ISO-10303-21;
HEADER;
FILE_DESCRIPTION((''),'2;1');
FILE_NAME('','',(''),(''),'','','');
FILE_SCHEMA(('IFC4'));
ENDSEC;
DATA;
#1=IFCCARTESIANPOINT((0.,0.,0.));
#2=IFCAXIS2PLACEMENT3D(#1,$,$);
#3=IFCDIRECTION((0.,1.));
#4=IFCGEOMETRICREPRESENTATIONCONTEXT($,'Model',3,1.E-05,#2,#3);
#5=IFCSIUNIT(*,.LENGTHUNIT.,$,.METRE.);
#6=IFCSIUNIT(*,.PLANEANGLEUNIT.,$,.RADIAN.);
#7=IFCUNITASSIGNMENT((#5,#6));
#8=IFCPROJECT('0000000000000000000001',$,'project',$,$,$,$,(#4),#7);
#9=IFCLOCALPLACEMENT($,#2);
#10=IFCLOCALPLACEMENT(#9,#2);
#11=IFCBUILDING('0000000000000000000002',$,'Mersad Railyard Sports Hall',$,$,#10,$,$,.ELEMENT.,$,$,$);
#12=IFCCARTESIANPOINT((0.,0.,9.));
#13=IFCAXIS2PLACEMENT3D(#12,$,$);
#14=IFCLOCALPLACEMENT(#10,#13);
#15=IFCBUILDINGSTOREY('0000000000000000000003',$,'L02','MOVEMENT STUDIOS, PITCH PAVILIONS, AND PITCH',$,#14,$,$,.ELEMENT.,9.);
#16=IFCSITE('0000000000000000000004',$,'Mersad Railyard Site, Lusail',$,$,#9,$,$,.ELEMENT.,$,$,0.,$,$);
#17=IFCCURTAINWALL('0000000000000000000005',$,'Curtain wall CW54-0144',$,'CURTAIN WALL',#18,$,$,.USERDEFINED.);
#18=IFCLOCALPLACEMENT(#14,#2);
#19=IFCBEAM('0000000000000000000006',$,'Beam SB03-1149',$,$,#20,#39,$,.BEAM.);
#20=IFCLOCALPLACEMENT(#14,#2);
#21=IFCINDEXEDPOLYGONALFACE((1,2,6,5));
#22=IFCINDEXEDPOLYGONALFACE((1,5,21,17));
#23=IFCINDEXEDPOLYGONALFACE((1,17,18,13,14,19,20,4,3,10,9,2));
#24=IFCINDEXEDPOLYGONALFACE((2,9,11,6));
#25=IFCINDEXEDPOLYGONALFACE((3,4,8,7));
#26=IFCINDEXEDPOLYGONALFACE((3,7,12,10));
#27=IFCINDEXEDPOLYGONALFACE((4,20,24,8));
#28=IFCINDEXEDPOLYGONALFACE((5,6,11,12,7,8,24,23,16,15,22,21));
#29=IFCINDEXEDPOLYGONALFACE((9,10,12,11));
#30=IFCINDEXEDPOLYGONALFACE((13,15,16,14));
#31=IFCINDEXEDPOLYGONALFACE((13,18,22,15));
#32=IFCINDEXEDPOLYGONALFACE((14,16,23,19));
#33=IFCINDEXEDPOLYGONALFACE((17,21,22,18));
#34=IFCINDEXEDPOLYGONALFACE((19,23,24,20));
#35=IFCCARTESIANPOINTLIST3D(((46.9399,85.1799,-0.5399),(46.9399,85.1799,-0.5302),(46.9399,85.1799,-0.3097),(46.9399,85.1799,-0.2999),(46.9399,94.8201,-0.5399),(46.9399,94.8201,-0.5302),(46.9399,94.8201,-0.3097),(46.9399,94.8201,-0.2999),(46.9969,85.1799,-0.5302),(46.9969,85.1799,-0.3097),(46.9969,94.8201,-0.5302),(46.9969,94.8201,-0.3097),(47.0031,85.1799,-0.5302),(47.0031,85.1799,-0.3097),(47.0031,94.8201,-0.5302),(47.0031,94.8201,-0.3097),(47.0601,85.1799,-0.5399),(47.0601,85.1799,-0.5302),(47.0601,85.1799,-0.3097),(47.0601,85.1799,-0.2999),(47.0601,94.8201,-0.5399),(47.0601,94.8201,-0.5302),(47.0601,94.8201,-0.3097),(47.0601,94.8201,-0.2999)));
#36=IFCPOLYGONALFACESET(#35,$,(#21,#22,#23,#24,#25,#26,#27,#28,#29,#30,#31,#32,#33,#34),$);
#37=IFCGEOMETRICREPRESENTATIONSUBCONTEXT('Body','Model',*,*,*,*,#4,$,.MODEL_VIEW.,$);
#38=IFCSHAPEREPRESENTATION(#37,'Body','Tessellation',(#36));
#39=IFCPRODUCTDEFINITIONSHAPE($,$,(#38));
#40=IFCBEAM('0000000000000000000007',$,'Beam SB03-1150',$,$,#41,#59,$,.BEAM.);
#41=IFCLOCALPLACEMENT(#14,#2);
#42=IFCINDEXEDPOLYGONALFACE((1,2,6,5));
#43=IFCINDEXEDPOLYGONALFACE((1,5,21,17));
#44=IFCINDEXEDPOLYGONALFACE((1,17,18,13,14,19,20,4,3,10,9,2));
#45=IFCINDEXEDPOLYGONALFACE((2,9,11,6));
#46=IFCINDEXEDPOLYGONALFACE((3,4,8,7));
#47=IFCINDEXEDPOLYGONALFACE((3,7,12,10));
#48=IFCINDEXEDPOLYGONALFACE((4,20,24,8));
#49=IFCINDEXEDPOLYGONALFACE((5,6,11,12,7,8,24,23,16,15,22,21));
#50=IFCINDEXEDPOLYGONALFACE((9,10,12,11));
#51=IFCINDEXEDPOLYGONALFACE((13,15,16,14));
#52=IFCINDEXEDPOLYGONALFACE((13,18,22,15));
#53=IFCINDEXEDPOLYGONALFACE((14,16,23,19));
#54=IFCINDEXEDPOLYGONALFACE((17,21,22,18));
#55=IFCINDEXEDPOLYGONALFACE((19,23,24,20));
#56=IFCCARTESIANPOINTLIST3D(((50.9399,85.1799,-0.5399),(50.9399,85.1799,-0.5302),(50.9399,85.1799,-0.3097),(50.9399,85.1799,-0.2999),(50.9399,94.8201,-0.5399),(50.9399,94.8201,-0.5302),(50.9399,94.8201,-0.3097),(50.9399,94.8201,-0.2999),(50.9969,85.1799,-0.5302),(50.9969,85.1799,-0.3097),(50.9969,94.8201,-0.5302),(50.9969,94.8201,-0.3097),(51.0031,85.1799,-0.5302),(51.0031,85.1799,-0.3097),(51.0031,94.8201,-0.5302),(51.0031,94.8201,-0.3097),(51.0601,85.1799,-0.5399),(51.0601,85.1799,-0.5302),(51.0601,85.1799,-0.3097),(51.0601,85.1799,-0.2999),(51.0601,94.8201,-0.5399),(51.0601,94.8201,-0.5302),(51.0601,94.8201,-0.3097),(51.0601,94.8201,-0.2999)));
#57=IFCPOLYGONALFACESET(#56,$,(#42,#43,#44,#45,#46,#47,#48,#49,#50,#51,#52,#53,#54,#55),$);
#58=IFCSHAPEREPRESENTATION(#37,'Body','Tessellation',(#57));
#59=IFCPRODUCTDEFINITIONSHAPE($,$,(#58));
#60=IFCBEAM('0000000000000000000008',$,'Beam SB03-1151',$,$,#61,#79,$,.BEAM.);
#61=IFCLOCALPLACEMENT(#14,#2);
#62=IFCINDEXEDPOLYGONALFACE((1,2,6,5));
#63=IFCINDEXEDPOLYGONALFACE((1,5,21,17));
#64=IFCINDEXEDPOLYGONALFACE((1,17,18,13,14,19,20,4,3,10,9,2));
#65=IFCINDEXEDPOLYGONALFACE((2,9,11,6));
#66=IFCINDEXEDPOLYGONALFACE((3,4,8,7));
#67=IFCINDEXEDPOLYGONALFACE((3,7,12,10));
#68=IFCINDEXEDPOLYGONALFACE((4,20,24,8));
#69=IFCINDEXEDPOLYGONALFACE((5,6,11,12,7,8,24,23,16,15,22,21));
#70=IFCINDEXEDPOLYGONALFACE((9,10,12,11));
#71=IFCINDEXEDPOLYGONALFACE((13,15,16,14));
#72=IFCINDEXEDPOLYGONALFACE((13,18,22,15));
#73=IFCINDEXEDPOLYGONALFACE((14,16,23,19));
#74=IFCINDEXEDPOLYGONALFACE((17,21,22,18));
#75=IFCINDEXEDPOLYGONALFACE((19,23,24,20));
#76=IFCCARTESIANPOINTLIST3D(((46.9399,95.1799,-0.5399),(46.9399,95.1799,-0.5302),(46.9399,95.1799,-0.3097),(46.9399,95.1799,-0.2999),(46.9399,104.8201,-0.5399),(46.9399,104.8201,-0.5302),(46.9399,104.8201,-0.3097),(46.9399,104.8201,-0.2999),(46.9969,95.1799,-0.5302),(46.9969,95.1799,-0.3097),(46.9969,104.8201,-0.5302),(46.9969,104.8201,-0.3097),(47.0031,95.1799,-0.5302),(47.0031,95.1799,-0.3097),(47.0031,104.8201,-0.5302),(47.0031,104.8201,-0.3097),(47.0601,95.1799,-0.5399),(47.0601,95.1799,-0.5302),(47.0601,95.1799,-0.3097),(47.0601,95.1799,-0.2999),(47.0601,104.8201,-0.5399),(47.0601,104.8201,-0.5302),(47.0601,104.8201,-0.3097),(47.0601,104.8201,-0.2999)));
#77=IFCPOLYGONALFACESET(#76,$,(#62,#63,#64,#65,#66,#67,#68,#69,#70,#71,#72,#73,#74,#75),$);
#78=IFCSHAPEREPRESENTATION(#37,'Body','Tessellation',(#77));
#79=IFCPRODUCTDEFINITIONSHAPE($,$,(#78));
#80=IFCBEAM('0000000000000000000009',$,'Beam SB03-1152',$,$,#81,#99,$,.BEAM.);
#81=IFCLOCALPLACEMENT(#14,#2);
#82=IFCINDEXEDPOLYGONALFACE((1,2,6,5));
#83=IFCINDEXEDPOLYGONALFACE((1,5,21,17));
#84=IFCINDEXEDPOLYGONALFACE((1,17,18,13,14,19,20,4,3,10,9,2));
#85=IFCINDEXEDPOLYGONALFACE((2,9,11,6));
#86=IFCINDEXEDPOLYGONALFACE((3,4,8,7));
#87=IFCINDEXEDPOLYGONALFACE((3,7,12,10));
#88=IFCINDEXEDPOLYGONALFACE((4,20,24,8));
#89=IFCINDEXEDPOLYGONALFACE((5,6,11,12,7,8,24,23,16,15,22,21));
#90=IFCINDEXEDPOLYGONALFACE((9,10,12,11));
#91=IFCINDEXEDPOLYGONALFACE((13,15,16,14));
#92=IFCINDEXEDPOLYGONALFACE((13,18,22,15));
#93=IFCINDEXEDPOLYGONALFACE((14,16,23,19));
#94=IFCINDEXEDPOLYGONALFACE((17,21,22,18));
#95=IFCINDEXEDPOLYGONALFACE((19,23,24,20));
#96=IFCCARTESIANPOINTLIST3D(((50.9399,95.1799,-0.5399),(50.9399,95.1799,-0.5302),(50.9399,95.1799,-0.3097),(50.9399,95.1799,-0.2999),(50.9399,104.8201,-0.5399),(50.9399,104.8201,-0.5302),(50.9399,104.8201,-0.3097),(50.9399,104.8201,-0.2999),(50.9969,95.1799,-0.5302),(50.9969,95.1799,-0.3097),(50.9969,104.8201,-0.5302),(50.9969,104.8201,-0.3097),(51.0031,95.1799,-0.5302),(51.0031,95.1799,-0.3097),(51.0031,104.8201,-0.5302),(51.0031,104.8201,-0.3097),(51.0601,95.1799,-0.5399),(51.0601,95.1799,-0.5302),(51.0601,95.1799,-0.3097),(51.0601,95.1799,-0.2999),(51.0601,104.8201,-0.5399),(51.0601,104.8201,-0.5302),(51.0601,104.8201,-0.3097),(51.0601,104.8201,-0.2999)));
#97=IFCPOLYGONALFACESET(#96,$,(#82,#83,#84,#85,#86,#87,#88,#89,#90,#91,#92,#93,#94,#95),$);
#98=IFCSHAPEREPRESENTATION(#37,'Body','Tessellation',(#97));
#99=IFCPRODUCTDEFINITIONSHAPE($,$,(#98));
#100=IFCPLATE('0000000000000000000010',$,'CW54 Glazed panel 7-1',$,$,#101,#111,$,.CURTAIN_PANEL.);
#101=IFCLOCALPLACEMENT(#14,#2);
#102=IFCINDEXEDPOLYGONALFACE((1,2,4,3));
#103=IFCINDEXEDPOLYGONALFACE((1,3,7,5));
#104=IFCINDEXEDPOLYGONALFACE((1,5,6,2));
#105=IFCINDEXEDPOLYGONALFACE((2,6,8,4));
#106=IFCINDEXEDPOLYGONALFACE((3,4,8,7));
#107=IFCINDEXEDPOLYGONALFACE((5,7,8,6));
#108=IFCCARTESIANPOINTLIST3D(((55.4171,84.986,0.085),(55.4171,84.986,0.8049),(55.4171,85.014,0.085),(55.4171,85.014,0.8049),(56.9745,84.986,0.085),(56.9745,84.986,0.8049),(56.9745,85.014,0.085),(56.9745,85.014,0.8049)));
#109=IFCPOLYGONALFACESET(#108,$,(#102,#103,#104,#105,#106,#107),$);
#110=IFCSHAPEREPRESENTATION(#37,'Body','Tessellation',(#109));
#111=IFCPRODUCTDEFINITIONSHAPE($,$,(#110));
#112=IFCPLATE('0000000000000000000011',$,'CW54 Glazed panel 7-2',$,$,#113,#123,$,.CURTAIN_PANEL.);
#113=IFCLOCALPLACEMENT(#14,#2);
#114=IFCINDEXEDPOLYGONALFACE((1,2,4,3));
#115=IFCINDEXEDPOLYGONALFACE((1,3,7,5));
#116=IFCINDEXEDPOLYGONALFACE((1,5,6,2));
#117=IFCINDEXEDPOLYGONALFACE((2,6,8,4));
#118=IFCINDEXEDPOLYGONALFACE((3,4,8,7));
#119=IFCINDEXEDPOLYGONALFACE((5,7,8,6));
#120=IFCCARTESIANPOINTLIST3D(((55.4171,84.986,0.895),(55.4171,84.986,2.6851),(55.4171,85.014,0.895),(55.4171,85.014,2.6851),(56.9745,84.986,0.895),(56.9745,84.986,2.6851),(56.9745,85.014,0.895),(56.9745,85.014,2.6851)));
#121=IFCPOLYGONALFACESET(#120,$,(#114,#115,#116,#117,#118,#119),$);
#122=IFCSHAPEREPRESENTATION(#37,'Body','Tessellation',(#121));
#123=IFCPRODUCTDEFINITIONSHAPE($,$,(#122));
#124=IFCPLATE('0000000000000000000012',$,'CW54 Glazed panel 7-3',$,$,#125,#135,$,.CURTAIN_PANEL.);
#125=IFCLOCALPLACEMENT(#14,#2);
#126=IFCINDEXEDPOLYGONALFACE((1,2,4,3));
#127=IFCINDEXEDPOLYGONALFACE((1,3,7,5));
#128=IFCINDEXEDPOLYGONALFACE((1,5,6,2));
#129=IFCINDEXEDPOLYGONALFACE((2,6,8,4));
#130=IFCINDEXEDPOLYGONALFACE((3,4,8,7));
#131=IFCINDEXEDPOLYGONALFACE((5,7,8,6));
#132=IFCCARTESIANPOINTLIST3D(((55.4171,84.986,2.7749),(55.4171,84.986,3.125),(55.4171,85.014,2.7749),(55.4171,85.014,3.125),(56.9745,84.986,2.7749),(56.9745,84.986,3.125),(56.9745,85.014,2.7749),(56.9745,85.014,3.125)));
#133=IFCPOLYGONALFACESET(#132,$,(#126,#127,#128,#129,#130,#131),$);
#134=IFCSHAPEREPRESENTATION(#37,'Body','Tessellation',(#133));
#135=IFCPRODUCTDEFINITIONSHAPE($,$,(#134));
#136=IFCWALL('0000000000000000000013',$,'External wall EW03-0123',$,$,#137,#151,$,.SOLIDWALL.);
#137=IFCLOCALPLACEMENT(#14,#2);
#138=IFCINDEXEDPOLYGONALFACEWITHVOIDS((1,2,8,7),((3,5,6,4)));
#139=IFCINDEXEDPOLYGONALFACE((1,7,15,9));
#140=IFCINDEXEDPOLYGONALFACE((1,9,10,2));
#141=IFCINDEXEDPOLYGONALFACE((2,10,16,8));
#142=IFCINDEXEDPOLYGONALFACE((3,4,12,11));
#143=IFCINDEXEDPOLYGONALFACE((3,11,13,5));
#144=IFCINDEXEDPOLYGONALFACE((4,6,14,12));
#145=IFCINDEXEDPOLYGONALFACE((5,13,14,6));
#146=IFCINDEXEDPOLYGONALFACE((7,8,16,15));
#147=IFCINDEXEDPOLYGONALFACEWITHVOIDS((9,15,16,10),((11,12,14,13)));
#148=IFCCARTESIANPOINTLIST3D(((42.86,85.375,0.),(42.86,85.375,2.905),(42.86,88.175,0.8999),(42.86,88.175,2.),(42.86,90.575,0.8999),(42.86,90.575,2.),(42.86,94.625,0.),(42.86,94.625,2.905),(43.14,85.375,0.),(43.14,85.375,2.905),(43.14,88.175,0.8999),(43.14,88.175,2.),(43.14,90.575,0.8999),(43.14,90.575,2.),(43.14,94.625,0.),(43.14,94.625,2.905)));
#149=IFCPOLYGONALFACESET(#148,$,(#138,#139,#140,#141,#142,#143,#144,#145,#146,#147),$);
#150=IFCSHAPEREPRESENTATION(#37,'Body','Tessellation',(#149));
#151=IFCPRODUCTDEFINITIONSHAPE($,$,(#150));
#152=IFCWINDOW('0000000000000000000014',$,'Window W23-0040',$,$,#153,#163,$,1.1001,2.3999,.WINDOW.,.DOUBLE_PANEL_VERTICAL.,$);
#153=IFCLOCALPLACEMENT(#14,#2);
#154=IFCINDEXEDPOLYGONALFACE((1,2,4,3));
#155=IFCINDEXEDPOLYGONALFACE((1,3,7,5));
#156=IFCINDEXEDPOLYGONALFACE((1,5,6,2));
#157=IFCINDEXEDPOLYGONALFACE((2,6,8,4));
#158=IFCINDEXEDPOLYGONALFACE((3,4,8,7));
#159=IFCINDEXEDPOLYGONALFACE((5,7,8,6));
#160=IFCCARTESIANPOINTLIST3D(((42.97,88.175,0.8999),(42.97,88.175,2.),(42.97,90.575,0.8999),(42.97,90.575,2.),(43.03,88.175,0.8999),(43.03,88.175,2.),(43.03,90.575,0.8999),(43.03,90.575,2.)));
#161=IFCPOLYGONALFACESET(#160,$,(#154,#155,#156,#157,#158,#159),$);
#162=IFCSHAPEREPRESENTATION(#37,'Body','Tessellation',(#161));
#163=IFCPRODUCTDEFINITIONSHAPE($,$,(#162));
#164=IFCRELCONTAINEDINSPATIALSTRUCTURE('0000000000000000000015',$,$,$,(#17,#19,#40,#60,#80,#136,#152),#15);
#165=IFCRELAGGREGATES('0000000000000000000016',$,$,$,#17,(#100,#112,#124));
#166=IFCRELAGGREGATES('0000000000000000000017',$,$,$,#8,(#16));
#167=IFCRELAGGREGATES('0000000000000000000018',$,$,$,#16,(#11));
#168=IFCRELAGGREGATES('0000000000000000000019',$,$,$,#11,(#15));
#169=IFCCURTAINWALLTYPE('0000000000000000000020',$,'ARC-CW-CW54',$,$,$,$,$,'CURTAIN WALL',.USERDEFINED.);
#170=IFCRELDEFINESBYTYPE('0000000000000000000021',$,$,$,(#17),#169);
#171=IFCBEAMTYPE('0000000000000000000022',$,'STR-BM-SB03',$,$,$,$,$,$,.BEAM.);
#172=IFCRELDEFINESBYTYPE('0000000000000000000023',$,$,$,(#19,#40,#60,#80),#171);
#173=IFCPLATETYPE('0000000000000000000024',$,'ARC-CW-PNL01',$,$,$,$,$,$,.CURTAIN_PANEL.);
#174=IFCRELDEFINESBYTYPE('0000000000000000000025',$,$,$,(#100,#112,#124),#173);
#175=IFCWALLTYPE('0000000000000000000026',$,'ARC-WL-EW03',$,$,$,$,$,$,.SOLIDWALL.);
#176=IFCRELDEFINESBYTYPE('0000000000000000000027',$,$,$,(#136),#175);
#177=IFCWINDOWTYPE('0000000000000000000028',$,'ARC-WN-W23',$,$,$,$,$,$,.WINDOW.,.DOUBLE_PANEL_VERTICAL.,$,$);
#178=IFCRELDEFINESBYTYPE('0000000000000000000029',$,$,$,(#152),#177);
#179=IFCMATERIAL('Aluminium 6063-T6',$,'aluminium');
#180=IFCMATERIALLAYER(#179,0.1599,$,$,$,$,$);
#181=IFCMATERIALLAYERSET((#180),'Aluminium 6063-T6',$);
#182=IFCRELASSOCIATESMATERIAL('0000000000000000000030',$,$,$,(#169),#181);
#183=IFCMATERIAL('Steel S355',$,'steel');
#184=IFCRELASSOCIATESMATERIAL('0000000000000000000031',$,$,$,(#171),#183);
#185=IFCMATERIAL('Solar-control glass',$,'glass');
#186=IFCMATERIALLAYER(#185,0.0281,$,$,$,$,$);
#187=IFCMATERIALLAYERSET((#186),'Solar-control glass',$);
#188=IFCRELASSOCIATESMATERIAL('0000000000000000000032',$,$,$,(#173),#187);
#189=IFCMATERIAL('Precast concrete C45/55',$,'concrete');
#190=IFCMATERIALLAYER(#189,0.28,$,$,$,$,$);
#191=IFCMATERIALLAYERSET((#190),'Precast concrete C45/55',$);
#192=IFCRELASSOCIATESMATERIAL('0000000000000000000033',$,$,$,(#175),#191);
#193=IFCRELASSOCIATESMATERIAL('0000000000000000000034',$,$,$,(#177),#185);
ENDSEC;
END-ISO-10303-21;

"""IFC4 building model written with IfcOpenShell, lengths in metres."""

from ifc_helpers import new_model, si_unit, direction, frame, frame_2d, origin, origin_2d, place, context, subcontext, project, spatial, rectangle, i_section, extrude, material, layer, layer_set, material_profile, profile_set, type_object, element, fill, aggregate, save


model = new_model("IFC4")

# Units and contexts
model_context = context("Model", 3, precision=1e-05, world=origin(), true_north=direction((0.0, 1.0)))
body_context = subcontext(model_context, "Body", "Model", "MODEL_VIEW")
ifc_project = project(units=[si_unit("LENGTHUNIT", "METRE"), si_unit("PLANEANGLEUNIT", "RADIAN")], contexts=[model_context])

# Site, building, storey
site_placement = place(None, origin())
site = spatial("IfcSite", under=ifc_project, at=site_placement, Name="Mersad Railyard Site, Lusail", CompositionType="ELEMENT", RefElevation=0.0)
building_placement = place(site_placement, origin())
building = spatial("IfcBuilding", under=site, at=building_placement, Name="Mersad Railyard Sports Hall", CompositionType="ELEMENT")
storey_placement = place(building_placement, frame((0.0, 0.0, 9.0)))
storey = spatial("IfcBuildingStorey", under=building, at=storey_placement, Name="L02", Description="MOVEMENT STUDIOS, PITCH PAVILIONS, AND PITCH", CompositionType="ELEMENT", Elevation=9.0)

# Curtain wall
ifc_material_1 = material(Name="Aluminium 6063-T6", Category="aluminium")
ifc_layer_1 = layer(ifc_material_1, 0.1599)
ifc_layer_set_1 = layer_set([ifc_layer_1], Name="Aluminium 6063-T6")
curtain_wall_type = type_object("IfcCurtainWallType", Name="ARC-CW-CW54", ElementType="CURTAIN WALL", PredefinedType="USERDEFINED", material=ifc_layer_set_1)
curtain_wall_1_placement = place(storey_placement, origin())
curtain_wall_1 = element("IfcCurtainWall", 1, at=curtain_wall_1_placement, inside=storey, type_object=curtain_wall_type, Name="Curtain wall CW54-0144", ObjectType="CURTAIN WALL", PredefinedType="USERDEFINED")

# Beams
ifc_material_2 = material(Name="Steel S355", Category="steel")
ifc_material_profile_1 = material_profile(ifc_material_2, i_section(OverallWidth=0.1201, OverallDepth=0.24, WebThickness=0.0061, FlangeThickness=0.0098, at=origin_2d()), Name="IPE 240")
ifc_profile_set_1 = profile_set([ifc_material_profile_1], Name="Steel S355")
beam_type_1 = type_object("IfcBeamType", Name="STR-BM-SB03", PredefinedType="BEAM", material=ifc_profile_set_1)
for number, where, z_axis, x_axis, name in (
    (2, (47.0, 85.1799, -0.4199), (0.0, 1.0, 0.0), (-1.0, 0.0, 0.0), "Beam SB03-1149"),
    (3, (51.0, 85.1799, -0.4199), (0.0, 1.0, 0.0), (-1.0, 0.0, 0.0), "Beam SB03-1150"),
    (4, (47.0, 95.1799, -0.4199), (0.0, 1.0, 0.0), (-1.0, 0.0, 0.0), "Beam SB03-1151"),
    (5, (51.0, 95.1799, -0.4199), (0.0, 1.0, 0.0), (-1.0, 0.0, 0.0), "Beam SB03-1152"),
):
    element("IfcBeam", number, at=place(storey_placement, frame(where, z_axis=z_axis, x_axis=x_axis)), inside=storey, type_object=beam_type_1, Name=name, PredefinedType="BEAM", context=body_context, shape_type="SweptSolid", body=[
        extrude(i_section(OverallWidth=0.1201, OverallDepth=0.24, WebThickness=0.0061, FlangeThickness=0.0098, at=origin_2d()), origin(), (0.0, 0.0, 1.0), 9.6401),
    ])

# Plates
ifc_material_3 = material(Name="Solar-control glass", Category="glass")
ifc_layer_2 = layer(ifc_material_3, 0.0281)
ifc_layer_set_2 = layer_set([ifc_layer_2], Name="Solar-control glass")
plate_type = type_object("IfcPlateType", Name="ARC-CW-PNL01", PredefinedType="CURTAIN_PANEL", material=ifc_layer_set_2)
plate_1_placement = place(storey_placement, frame((56.1958, 85.0, 0.085), z_axis=(0.0, 0.0, 1.0), x_axis=(-1.0, 0.0, 0.0)))
plate_1 = element("IfcPlate", 6, at=plate_1_placement, type_object=plate_type, Name="CW54 Glazed panel 7-1", PredefinedType="CURTAIN_PANEL", context=body_context, shape_type="SweptSolid", body=[
    extrude(rectangle(XDim=1.5574, YDim=0.0281, at=origin_2d()), origin(), (0.0, 0.0, 1.0), 0.72),
])
plate_2_placement = place(storey_placement, frame((56.1958, 85.0, 0.895), z_axis=(0.0, 0.0, 1.0), x_axis=(-1.0, 0.0, 0.0)))
plate_2 = element("IfcPlate", 7, at=plate_2_placement, type_object=plate_type, Name="CW54 Glazed panel 7-2", PredefinedType="CURTAIN_PANEL", context=body_context, shape_type="SweptSolid", body=[
    extrude(rectangle(XDim=1.5574, YDim=0.0281, at=origin_2d()), origin(), (0.0, 0.0, 1.0), 1.79),
])
plate_3_placement = place(storey_placement, frame((56.1958, 85.0, 2.7749), z_axis=(0.0, 0.0, 1.0), x_axis=(-1.0, 0.0, 0.0)))
plate_3 = element("IfcPlate", 8, at=plate_3_placement, type_object=plate_type, Name="CW54 Glazed panel 7-3", PredefinedType="CURTAIN_PANEL", context=body_context, shape_type="SweptSolid", body=[
    extrude(rectangle(XDim=1.5574, YDim=0.0281, at=origin_2d()), origin(), (0.0, 0.0, 1.0), 0.3501),
])
aggregate(curtain_wall_1, [plate_1, plate_2, plate_3])

# Wall, opening, window
ifc_material_4 = material(Name="Precast concrete C45/55", Category="concrete")
ifc_layer_3 = layer(ifc_material_4, 0.28)
ifc_layer_set_3 = layer_set([ifc_layer_3], Name="Precast concrete C45/55")
wall_type = type_object("IfcWallType", Name="ARC-WL-EW03", PredefinedType="SOLIDWALL", material=ifc_layer_set_3)
wall_placement = place(storey_placement, frame((43.0, 85.375, 0.0), z_axis=(0.0, 0.0, 1.0), x_axis=(0.0, 1.0, 0.0)))
wall = element("IfcWall", 9, at=wall_placement, inside=storey, type_object=wall_type, Name="External wall EW03-0123", PredefinedType="SOLIDWALL", context=body_context, shape_type="SweptSolid", body=[
    extrude(rectangle(XDim=9.25, YDim=0.28, at=frame_2d((4.625, 0.0))), origin(), (0.0, 0.0, 1.0), 2.905),
])
opening_placement = place(wall_placement, frame((2.8, 0.0, 0.8999)))
opening = element("IfcOpeningElement", 10, at=opening_placement, cuts=wall, PredefinedType="OPENING", context=body_context, shape_type="SweptSolid", body=[
    extrude(rectangle(XDim=2.3999, YDim=1.1001, at=frame_2d((1.2, 0.55))), frame((0.0, 0.1499, 0.0), z_axis=(0.0, -1.0, 0.0), x_axis=(1.0, 0.0, 0.0)), (0.0, 0.0, 1.0), 0.3),
])
window_type = type_object("IfcWindowType", Name="ARC-WN-W23", PartitioningType="DOUBLE_PANEL_VERTICAL", PredefinedType="WINDOW", material=ifc_material_3)
window_placement = place(opening_placement, origin())
window = element("IfcWindow", 11, at=window_placement, inside=storey, type_object=window_type, Name="Window W23-0040", OverallHeight=1.1001, OverallWidth=2.3999, PartitioningType="DOUBLE_PANEL_VERTICAL", PredefinedType="WINDOW", context=body_context, shape_type="SweptSolid", body=[
    extrude(rectangle(XDim=2.3999, YDim=1.1001, at=frame_2d((1.2, 0.55))), frame((0.0, 0.03, 0.0), z_axis=(0.0, -1.0, 0.0), x_axis=(1.0, 0.0, 0.0)), (0.0, 0.0, 1.0), 0.0601),
])
fill(opening, window)

save(model, "model.ifc")
